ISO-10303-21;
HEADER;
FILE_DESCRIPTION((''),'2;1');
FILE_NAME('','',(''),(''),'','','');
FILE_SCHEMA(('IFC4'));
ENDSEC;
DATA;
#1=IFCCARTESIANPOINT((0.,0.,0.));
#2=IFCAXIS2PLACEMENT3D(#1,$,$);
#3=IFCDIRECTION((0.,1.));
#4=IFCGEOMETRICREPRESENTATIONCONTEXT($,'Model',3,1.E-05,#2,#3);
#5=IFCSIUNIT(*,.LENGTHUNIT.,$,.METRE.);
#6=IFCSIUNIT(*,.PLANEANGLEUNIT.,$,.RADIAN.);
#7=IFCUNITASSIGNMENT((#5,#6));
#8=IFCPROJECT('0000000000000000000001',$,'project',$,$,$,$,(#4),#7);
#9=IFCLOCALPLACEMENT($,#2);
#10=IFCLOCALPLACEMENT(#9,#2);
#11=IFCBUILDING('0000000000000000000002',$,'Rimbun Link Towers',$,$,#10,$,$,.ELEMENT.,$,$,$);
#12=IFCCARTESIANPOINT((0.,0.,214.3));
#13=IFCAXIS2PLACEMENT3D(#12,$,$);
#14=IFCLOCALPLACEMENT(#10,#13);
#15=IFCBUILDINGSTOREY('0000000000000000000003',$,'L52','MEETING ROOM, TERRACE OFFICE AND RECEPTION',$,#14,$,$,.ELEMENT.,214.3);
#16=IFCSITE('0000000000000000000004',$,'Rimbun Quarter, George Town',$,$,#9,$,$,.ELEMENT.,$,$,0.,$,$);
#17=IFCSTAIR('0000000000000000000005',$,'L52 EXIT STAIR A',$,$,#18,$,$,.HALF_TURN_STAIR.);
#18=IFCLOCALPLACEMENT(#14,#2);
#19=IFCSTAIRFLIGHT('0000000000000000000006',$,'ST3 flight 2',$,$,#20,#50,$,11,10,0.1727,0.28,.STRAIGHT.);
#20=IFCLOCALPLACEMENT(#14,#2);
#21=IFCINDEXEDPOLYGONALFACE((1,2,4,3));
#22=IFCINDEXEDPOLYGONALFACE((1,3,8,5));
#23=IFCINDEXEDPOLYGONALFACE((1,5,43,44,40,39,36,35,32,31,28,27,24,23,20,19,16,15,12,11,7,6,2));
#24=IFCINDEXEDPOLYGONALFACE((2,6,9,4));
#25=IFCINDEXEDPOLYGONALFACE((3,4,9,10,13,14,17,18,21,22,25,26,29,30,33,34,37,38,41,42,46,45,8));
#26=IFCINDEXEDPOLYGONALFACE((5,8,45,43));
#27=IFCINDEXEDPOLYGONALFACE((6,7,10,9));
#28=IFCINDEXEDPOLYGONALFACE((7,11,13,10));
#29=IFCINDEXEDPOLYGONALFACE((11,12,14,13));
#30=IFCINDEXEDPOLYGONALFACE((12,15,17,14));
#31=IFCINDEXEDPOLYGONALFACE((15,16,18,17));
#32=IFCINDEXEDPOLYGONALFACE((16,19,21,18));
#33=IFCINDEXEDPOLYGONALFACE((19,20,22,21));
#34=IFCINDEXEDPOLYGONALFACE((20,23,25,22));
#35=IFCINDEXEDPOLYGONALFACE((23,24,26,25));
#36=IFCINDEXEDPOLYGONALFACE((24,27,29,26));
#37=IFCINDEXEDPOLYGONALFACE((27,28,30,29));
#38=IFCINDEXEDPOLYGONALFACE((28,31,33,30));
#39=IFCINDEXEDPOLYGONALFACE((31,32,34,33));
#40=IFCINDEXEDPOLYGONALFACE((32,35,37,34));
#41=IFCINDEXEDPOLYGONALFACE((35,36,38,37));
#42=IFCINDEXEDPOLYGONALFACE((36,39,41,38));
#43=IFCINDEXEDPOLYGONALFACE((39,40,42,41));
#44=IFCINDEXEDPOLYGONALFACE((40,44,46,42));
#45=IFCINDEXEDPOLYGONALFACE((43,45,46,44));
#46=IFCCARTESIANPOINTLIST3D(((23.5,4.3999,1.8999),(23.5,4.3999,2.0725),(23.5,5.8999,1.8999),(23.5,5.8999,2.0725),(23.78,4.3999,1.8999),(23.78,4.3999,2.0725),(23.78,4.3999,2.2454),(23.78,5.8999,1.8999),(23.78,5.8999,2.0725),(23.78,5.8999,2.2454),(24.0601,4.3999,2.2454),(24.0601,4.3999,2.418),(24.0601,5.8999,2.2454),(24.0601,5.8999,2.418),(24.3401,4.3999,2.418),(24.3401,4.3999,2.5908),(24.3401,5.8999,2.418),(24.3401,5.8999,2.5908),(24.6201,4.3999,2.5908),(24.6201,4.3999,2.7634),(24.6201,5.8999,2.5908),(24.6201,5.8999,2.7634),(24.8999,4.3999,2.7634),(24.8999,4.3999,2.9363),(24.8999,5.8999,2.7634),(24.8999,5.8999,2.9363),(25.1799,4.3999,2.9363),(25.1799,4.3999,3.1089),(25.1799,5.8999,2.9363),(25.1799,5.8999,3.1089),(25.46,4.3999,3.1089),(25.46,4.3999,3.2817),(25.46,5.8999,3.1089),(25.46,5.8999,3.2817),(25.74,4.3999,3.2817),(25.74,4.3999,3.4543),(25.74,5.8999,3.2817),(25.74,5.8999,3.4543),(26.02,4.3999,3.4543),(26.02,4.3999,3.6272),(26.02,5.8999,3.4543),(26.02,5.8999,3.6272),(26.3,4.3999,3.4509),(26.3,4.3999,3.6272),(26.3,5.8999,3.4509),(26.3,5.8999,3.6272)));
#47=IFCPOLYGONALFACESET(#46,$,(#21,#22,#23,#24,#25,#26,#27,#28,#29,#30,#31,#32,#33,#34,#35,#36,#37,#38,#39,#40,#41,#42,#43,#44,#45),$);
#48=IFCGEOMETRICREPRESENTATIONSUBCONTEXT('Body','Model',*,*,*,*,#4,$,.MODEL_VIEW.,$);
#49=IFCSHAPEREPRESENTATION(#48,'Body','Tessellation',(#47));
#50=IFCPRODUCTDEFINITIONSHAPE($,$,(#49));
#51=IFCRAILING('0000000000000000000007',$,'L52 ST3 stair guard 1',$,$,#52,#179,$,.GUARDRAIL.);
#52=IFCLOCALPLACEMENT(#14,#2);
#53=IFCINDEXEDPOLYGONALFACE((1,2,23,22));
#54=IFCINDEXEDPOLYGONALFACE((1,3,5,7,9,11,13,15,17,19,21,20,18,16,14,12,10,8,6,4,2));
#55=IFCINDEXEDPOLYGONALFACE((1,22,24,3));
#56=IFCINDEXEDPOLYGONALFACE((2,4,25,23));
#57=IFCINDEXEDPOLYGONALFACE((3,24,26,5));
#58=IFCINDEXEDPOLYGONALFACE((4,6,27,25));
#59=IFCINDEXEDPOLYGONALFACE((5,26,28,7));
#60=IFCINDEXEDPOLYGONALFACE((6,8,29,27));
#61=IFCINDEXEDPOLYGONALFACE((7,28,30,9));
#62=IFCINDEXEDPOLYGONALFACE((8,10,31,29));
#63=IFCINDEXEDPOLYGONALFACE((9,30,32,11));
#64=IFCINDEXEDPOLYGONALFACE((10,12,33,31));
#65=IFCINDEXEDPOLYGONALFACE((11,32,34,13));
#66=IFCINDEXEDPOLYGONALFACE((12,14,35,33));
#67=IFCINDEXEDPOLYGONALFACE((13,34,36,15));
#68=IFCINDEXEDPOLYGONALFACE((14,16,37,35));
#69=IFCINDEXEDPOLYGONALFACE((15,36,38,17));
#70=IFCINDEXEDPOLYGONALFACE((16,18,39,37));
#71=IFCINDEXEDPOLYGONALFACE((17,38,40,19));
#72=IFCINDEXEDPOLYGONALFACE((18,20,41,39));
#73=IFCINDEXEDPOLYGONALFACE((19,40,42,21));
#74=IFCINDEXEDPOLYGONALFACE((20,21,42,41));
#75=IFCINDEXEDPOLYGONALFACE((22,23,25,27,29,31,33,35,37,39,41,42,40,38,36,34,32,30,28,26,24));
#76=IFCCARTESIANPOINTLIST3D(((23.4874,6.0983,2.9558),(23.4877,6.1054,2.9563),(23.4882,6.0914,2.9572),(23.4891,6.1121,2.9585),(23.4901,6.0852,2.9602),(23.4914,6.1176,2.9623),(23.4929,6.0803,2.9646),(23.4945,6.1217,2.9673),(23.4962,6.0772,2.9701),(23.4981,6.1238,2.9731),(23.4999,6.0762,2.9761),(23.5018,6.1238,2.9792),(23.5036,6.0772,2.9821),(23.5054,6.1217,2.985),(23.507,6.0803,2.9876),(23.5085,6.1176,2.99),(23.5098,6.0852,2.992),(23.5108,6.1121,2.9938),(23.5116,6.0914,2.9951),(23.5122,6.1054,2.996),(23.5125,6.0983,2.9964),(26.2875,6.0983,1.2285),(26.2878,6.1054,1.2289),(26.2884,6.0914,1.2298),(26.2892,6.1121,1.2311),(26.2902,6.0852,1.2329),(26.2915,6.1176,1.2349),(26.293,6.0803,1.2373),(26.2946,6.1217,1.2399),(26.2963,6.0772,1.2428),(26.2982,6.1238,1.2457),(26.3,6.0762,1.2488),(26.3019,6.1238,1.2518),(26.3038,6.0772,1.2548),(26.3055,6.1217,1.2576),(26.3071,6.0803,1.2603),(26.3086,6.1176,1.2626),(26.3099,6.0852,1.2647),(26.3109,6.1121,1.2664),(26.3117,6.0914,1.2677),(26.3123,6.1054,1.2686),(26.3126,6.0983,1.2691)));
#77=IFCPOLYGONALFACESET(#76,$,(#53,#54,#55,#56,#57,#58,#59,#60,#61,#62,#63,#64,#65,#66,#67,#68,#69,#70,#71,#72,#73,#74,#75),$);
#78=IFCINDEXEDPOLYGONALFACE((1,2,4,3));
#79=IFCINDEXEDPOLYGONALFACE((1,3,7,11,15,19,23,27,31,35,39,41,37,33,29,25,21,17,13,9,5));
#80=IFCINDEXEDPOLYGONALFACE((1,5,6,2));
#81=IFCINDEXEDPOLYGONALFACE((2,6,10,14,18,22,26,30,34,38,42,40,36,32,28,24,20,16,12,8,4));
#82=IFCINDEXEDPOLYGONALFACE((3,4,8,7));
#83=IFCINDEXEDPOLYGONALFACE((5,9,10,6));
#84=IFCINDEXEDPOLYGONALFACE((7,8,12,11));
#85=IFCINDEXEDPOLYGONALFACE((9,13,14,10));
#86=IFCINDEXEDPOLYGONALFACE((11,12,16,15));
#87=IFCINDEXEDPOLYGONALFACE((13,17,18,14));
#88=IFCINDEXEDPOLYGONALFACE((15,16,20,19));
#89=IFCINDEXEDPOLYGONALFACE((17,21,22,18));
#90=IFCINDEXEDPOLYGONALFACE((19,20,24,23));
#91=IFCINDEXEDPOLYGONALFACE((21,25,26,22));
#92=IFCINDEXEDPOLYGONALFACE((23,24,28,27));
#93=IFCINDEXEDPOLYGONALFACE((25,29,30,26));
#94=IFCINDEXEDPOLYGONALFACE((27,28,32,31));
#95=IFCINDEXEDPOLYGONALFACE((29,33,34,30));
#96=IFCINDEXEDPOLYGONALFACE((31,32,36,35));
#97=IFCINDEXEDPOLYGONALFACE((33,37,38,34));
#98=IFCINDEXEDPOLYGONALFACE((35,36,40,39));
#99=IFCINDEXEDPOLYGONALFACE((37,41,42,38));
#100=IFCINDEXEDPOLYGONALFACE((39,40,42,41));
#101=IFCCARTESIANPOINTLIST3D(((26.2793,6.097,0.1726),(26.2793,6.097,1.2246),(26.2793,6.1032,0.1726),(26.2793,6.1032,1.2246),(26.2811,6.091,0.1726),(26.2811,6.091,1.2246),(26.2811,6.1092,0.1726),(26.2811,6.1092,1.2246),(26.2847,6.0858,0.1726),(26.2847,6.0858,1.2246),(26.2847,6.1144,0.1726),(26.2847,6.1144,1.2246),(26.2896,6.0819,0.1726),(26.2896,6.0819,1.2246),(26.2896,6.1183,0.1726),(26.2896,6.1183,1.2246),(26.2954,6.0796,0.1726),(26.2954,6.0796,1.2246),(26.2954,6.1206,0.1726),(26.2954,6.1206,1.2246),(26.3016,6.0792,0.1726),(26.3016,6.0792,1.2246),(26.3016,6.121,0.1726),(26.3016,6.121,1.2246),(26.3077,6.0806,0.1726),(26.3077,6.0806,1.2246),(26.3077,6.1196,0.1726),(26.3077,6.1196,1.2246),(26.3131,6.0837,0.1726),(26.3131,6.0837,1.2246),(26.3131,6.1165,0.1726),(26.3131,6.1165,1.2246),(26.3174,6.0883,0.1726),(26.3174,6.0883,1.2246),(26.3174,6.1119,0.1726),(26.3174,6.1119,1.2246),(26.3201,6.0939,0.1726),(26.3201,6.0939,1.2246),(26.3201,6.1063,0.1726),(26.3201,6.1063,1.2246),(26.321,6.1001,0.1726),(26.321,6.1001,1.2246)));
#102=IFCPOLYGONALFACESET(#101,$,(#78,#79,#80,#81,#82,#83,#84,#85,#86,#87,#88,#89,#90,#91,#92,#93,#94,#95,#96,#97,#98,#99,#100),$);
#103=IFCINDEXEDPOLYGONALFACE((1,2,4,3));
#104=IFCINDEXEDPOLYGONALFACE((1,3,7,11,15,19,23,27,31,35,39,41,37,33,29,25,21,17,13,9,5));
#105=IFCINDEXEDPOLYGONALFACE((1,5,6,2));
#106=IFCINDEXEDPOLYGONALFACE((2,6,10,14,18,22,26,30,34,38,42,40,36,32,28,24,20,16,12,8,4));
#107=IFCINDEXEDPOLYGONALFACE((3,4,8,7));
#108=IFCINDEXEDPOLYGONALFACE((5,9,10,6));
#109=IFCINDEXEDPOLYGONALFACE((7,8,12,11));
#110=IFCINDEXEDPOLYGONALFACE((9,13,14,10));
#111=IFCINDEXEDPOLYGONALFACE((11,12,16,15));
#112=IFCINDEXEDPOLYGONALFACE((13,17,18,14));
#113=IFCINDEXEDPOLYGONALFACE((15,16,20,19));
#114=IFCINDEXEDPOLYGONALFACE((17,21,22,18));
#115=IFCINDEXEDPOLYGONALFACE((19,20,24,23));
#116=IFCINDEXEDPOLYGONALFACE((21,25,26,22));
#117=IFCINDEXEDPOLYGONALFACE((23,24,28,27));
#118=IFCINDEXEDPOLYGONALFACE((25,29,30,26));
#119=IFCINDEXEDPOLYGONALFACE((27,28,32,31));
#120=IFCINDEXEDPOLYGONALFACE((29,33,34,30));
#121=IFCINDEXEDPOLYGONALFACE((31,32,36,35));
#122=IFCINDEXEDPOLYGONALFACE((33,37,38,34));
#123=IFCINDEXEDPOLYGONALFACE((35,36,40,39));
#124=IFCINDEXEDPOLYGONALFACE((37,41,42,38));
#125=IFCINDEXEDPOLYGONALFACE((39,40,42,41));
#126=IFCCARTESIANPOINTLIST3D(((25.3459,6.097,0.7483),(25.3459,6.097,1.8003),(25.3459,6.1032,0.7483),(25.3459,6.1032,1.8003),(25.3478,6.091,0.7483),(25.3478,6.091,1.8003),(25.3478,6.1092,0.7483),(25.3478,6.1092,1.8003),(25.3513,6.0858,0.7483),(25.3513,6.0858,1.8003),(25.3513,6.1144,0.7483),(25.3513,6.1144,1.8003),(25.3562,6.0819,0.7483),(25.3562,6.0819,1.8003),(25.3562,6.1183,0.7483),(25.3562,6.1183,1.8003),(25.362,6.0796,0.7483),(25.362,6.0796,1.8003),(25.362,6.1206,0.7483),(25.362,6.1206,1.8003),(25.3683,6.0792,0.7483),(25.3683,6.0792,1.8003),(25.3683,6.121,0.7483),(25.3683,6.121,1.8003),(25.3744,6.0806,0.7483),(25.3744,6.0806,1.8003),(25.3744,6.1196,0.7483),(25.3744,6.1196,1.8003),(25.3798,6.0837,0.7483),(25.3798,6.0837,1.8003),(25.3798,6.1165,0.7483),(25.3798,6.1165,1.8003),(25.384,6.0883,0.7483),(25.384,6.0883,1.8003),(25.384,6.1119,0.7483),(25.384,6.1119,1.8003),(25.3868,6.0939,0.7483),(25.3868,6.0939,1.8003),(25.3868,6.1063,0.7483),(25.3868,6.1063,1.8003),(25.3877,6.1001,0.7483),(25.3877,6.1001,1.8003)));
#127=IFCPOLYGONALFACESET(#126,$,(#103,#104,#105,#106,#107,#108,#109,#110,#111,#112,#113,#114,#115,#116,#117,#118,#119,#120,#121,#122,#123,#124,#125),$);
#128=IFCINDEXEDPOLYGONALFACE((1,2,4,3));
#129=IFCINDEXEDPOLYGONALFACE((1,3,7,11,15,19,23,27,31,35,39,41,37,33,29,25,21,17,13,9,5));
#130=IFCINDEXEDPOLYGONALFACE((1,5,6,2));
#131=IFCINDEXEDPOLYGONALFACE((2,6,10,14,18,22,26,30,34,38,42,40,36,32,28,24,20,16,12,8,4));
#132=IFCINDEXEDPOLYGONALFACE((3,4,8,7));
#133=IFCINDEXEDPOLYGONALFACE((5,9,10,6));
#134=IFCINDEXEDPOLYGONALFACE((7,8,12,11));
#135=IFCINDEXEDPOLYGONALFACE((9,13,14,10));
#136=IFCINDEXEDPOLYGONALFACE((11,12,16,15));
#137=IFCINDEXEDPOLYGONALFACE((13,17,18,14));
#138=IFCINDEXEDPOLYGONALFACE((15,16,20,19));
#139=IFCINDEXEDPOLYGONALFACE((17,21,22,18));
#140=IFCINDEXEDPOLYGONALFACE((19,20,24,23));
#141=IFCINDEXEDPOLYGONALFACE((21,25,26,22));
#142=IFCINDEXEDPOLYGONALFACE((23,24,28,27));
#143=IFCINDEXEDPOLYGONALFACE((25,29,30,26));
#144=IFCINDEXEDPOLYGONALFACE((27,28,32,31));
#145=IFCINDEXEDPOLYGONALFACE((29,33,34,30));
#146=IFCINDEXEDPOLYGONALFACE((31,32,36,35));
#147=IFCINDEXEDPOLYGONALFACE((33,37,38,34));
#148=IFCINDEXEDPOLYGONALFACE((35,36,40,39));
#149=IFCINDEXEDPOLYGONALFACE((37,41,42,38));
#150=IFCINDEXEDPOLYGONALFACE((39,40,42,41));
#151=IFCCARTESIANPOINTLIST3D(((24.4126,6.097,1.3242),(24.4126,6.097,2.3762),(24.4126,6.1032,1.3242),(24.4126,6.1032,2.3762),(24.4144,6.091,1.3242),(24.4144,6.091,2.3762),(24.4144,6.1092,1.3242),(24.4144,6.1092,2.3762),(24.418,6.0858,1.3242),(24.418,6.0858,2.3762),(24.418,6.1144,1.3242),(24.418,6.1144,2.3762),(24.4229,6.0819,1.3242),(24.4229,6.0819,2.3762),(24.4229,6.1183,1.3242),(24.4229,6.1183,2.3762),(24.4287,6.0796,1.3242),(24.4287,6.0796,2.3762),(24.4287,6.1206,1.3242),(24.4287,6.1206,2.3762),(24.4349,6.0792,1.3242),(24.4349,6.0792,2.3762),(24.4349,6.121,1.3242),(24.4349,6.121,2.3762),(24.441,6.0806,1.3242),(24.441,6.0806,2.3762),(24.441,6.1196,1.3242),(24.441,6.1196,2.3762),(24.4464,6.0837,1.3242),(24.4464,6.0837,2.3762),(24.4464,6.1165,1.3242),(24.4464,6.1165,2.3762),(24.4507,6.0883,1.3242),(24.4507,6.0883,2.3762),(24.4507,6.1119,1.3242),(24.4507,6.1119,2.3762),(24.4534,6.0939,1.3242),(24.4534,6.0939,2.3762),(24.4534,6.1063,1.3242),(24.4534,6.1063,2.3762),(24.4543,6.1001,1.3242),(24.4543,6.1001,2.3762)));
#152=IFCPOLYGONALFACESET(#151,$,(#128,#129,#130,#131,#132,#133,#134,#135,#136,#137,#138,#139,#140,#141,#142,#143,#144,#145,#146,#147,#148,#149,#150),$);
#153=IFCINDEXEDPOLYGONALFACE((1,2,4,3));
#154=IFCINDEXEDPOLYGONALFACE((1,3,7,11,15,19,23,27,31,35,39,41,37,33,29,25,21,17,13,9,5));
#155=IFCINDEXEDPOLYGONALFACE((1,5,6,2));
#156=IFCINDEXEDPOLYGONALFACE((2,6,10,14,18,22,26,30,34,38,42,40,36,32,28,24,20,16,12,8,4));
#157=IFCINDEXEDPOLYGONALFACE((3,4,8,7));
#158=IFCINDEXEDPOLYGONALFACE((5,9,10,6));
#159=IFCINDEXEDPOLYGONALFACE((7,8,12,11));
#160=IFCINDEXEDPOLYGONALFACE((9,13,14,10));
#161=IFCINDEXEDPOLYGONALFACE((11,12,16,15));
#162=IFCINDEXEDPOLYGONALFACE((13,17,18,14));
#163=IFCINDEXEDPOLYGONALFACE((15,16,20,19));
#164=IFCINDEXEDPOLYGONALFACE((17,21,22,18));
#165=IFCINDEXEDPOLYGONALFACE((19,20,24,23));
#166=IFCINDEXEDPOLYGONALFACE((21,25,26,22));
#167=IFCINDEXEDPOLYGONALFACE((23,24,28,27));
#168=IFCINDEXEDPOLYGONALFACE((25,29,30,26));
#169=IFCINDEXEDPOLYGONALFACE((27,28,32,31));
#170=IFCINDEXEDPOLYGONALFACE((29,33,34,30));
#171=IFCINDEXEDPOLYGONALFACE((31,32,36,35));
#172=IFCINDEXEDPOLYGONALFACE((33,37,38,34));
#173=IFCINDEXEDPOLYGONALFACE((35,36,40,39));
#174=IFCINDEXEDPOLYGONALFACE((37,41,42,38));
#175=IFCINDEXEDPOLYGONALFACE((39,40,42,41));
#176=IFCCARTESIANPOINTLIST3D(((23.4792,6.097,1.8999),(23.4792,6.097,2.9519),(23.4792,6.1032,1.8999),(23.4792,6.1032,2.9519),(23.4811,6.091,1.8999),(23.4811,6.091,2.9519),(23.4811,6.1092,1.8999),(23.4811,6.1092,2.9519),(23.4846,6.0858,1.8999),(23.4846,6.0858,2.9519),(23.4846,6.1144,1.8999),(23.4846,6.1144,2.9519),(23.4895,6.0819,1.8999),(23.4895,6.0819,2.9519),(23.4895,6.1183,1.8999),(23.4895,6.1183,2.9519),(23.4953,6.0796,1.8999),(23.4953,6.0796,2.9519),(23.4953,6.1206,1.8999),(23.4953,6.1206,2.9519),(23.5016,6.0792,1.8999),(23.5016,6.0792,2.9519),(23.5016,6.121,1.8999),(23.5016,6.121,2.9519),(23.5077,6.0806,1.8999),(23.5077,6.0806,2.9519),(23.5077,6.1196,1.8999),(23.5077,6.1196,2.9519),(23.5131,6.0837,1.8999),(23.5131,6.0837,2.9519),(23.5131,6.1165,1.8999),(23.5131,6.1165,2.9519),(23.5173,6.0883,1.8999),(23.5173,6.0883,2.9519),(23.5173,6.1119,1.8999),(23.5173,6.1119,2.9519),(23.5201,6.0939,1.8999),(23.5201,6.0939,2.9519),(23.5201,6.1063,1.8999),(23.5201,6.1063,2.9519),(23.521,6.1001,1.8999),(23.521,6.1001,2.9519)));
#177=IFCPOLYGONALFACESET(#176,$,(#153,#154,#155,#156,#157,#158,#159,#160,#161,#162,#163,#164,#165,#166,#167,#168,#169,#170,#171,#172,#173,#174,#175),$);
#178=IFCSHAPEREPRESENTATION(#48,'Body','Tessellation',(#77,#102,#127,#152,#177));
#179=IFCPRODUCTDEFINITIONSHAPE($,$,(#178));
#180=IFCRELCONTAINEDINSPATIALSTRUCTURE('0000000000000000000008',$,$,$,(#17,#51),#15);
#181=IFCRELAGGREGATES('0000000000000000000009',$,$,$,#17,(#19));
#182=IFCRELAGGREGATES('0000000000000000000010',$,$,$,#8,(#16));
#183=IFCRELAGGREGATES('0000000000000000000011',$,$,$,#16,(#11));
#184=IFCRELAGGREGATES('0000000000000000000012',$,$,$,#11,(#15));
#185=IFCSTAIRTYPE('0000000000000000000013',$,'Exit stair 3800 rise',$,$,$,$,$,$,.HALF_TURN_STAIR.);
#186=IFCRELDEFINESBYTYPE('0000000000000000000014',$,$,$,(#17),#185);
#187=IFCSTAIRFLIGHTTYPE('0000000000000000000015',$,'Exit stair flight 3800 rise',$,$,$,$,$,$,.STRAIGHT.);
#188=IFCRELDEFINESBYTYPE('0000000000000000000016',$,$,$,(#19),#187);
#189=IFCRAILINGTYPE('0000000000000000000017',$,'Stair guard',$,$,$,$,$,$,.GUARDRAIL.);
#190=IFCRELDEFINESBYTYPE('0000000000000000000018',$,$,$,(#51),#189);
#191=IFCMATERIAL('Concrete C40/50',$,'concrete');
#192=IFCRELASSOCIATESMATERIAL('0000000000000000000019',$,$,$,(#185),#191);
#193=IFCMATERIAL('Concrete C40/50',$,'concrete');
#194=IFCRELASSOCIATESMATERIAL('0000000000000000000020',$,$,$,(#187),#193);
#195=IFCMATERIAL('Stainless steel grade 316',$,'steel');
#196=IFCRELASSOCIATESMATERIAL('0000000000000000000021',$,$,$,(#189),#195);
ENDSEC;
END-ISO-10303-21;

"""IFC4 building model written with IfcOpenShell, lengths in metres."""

from ifc_helpers import new_model, si_unit, direction, frame, origin, origin_2d, place, context, subcontext, project, spatial, polyline, circle, outline, extrude, material, type_object, element, aggregate, save


model = new_model("IFC4")

# Units and contexts
model_context = context("Model", 3, precision=1e-05, world=origin(), true_north=direction((0.0, 1.0)))
body_context = subcontext(model_context, "Body", "Model", "MODEL_VIEW")
ifc_project = project(units=[si_unit("LENGTHUNIT", "METRE"), si_unit("PLANEANGLEUNIT", "RADIAN")], contexts=[model_context])

# Site, building, storey
site_placement = place(None, origin())
site = spatial("IfcSite", under=ifc_project, at=site_placement, Name="Rimbun Quarter, George Town", CompositionType="ELEMENT", RefElevation=0.0)
building_placement = place(site_placement, origin())
building = spatial("IfcBuilding", under=site, at=building_placement, Name="Rimbun Link Towers", CompositionType="ELEMENT")
storey_placement = place(building_placement, frame((0.0, 0.0, 214.3)))
storey = spatial("IfcBuildingStorey", under=building, at=storey_placement, Name="L52", Description="MEETING ROOM, TERRACE OFFICE AND RECEPTION", CompositionType="ELEMENT", Elevation=214.3)

# Stair, stair flight
ifc_material_1 = material(Name="Concrete C40/50", Category="concrete")
stair_type = type_object("IfcStairType", Name="Exit stair 3800 rise", PredefinedType="HALF_TURN_STAIR", material=ifc_material_1)
stair_placement = place(storey_placement, origin())
stair = element("IfcStair", 1, at=stair_placement, inside=storey, type_object=stair_type, Name="L52 EXIT STAIR A", PredefinedType="HALF_TURN_STAIR")
ifc_material_2 = material(Name="Concrete C40/50", Category="concrete")
stair_flight_type = type_object("IfcStairFlightType", Name="Exit stair flight 3800 rise", PredefinedType="STRAIGHT", material=ifc_material_2)
stair_flight_1_placement = place(storey_placement, frame((23.5, 5.1499, 1.8999), z_axis=(0.0, 0.0, 1.0), x_axis=(1.0, 0.0, 0.0)))
stair_flight_1 = element("IfcStairFlight", 2, at=stair_flight_1_placement, type_object=stair_flight_type, Name="ST3 flight 2", NumberOfRisers=11, NumberOfTreads=10, PredefinedType="STRAIGHT", RiserHeight=0.1727, TreadLength=0.28, context=body_context, shape_type="SweptSolid", body=[
    extrude(outline(polyline([(0.0, 0.0), (0.0, 0.1726), (0.28, 0.1726), (0.28, 0.3455), (0.5601, 0.3455), (0.5601, 0.5181), (0.8401, 0.5181), (0.8401, 0.6909), (1.1201, 0.6909), (1.1201, 0.8635), (1.3999, 0.8635), (1.3999, 1.0364), (1.6799, 1.0364), (1.6799, 1.209), (1.96, 1.209), (1.96, 1.3818), (2.24, 1.3818), (2.24, 1.5544), (2.52, 1.5544), (2.52, 1.7273), (2.8, 1.7273), (2.8, 1.8999), (2.8, 1.551), (0.28, 0.0), (0.0, 0.0)])), frame((0.0, 0.75, 0.0), z_axis=(0.0, -1.0, 0.0), x_axis=(1.0, 0.0, 0.0)), (0.0, 0.0, 1.0), 1.5),
])
aggregate(stair, [stair_flight_1])

# Railing
ifc_material_3 = material(Name="Stainless steel grade 316", Category="steel")
railing_type_1 = type_object("IfcRailingType", Name="Stair guard", PredefinedType="GUARDRAIL", material=ifc_material_3)
railing_1_placement = place(storey_placement, frame((26.3, 6.1001, 0.1726)))
element("IfcRailing", 3, at=railing_1_placement, inside=storey, type_object=railing_type_1, Name="L52 ST3 stair guard 1", PredefinedType="GUARDRAIL", context=body_context, shape_type="SweptSolid", body=[
    extrude(circle(Radius=0.0239, at=origin_2d()), frame((0.0, 0.0, 1.0762), z_axis=(-0.85109, 0.0, 0.52502), x_axis=(0.0, -1.0, 0.0)), (0.0, 0.0, 1.0), 3.29),
    extrude(circle(Radius=0.021, at=origin_2d()), origin(), (0.0, 0.0, 1.0), 1.052),
    extrude(circle(Radius=0.021, at=origin_2d()), frame((-0.9333, 0.0, 0.5757)), (0.0, 0.0, 1.0), 1.052),
    extrude(circle(Radius=0.021, at=origin_2d()), frame((-1.8667, 0.0, 1.1516)), (0.0, 0.0, 1.0), 1.052),
    extrude(circle(Radius=0.021, at=origin_2d()), frame((-2.8, 0.0, 1.7273)), (0.0, 0.0, 1.0), 1.052),
])

save(model, "model.ifc")
